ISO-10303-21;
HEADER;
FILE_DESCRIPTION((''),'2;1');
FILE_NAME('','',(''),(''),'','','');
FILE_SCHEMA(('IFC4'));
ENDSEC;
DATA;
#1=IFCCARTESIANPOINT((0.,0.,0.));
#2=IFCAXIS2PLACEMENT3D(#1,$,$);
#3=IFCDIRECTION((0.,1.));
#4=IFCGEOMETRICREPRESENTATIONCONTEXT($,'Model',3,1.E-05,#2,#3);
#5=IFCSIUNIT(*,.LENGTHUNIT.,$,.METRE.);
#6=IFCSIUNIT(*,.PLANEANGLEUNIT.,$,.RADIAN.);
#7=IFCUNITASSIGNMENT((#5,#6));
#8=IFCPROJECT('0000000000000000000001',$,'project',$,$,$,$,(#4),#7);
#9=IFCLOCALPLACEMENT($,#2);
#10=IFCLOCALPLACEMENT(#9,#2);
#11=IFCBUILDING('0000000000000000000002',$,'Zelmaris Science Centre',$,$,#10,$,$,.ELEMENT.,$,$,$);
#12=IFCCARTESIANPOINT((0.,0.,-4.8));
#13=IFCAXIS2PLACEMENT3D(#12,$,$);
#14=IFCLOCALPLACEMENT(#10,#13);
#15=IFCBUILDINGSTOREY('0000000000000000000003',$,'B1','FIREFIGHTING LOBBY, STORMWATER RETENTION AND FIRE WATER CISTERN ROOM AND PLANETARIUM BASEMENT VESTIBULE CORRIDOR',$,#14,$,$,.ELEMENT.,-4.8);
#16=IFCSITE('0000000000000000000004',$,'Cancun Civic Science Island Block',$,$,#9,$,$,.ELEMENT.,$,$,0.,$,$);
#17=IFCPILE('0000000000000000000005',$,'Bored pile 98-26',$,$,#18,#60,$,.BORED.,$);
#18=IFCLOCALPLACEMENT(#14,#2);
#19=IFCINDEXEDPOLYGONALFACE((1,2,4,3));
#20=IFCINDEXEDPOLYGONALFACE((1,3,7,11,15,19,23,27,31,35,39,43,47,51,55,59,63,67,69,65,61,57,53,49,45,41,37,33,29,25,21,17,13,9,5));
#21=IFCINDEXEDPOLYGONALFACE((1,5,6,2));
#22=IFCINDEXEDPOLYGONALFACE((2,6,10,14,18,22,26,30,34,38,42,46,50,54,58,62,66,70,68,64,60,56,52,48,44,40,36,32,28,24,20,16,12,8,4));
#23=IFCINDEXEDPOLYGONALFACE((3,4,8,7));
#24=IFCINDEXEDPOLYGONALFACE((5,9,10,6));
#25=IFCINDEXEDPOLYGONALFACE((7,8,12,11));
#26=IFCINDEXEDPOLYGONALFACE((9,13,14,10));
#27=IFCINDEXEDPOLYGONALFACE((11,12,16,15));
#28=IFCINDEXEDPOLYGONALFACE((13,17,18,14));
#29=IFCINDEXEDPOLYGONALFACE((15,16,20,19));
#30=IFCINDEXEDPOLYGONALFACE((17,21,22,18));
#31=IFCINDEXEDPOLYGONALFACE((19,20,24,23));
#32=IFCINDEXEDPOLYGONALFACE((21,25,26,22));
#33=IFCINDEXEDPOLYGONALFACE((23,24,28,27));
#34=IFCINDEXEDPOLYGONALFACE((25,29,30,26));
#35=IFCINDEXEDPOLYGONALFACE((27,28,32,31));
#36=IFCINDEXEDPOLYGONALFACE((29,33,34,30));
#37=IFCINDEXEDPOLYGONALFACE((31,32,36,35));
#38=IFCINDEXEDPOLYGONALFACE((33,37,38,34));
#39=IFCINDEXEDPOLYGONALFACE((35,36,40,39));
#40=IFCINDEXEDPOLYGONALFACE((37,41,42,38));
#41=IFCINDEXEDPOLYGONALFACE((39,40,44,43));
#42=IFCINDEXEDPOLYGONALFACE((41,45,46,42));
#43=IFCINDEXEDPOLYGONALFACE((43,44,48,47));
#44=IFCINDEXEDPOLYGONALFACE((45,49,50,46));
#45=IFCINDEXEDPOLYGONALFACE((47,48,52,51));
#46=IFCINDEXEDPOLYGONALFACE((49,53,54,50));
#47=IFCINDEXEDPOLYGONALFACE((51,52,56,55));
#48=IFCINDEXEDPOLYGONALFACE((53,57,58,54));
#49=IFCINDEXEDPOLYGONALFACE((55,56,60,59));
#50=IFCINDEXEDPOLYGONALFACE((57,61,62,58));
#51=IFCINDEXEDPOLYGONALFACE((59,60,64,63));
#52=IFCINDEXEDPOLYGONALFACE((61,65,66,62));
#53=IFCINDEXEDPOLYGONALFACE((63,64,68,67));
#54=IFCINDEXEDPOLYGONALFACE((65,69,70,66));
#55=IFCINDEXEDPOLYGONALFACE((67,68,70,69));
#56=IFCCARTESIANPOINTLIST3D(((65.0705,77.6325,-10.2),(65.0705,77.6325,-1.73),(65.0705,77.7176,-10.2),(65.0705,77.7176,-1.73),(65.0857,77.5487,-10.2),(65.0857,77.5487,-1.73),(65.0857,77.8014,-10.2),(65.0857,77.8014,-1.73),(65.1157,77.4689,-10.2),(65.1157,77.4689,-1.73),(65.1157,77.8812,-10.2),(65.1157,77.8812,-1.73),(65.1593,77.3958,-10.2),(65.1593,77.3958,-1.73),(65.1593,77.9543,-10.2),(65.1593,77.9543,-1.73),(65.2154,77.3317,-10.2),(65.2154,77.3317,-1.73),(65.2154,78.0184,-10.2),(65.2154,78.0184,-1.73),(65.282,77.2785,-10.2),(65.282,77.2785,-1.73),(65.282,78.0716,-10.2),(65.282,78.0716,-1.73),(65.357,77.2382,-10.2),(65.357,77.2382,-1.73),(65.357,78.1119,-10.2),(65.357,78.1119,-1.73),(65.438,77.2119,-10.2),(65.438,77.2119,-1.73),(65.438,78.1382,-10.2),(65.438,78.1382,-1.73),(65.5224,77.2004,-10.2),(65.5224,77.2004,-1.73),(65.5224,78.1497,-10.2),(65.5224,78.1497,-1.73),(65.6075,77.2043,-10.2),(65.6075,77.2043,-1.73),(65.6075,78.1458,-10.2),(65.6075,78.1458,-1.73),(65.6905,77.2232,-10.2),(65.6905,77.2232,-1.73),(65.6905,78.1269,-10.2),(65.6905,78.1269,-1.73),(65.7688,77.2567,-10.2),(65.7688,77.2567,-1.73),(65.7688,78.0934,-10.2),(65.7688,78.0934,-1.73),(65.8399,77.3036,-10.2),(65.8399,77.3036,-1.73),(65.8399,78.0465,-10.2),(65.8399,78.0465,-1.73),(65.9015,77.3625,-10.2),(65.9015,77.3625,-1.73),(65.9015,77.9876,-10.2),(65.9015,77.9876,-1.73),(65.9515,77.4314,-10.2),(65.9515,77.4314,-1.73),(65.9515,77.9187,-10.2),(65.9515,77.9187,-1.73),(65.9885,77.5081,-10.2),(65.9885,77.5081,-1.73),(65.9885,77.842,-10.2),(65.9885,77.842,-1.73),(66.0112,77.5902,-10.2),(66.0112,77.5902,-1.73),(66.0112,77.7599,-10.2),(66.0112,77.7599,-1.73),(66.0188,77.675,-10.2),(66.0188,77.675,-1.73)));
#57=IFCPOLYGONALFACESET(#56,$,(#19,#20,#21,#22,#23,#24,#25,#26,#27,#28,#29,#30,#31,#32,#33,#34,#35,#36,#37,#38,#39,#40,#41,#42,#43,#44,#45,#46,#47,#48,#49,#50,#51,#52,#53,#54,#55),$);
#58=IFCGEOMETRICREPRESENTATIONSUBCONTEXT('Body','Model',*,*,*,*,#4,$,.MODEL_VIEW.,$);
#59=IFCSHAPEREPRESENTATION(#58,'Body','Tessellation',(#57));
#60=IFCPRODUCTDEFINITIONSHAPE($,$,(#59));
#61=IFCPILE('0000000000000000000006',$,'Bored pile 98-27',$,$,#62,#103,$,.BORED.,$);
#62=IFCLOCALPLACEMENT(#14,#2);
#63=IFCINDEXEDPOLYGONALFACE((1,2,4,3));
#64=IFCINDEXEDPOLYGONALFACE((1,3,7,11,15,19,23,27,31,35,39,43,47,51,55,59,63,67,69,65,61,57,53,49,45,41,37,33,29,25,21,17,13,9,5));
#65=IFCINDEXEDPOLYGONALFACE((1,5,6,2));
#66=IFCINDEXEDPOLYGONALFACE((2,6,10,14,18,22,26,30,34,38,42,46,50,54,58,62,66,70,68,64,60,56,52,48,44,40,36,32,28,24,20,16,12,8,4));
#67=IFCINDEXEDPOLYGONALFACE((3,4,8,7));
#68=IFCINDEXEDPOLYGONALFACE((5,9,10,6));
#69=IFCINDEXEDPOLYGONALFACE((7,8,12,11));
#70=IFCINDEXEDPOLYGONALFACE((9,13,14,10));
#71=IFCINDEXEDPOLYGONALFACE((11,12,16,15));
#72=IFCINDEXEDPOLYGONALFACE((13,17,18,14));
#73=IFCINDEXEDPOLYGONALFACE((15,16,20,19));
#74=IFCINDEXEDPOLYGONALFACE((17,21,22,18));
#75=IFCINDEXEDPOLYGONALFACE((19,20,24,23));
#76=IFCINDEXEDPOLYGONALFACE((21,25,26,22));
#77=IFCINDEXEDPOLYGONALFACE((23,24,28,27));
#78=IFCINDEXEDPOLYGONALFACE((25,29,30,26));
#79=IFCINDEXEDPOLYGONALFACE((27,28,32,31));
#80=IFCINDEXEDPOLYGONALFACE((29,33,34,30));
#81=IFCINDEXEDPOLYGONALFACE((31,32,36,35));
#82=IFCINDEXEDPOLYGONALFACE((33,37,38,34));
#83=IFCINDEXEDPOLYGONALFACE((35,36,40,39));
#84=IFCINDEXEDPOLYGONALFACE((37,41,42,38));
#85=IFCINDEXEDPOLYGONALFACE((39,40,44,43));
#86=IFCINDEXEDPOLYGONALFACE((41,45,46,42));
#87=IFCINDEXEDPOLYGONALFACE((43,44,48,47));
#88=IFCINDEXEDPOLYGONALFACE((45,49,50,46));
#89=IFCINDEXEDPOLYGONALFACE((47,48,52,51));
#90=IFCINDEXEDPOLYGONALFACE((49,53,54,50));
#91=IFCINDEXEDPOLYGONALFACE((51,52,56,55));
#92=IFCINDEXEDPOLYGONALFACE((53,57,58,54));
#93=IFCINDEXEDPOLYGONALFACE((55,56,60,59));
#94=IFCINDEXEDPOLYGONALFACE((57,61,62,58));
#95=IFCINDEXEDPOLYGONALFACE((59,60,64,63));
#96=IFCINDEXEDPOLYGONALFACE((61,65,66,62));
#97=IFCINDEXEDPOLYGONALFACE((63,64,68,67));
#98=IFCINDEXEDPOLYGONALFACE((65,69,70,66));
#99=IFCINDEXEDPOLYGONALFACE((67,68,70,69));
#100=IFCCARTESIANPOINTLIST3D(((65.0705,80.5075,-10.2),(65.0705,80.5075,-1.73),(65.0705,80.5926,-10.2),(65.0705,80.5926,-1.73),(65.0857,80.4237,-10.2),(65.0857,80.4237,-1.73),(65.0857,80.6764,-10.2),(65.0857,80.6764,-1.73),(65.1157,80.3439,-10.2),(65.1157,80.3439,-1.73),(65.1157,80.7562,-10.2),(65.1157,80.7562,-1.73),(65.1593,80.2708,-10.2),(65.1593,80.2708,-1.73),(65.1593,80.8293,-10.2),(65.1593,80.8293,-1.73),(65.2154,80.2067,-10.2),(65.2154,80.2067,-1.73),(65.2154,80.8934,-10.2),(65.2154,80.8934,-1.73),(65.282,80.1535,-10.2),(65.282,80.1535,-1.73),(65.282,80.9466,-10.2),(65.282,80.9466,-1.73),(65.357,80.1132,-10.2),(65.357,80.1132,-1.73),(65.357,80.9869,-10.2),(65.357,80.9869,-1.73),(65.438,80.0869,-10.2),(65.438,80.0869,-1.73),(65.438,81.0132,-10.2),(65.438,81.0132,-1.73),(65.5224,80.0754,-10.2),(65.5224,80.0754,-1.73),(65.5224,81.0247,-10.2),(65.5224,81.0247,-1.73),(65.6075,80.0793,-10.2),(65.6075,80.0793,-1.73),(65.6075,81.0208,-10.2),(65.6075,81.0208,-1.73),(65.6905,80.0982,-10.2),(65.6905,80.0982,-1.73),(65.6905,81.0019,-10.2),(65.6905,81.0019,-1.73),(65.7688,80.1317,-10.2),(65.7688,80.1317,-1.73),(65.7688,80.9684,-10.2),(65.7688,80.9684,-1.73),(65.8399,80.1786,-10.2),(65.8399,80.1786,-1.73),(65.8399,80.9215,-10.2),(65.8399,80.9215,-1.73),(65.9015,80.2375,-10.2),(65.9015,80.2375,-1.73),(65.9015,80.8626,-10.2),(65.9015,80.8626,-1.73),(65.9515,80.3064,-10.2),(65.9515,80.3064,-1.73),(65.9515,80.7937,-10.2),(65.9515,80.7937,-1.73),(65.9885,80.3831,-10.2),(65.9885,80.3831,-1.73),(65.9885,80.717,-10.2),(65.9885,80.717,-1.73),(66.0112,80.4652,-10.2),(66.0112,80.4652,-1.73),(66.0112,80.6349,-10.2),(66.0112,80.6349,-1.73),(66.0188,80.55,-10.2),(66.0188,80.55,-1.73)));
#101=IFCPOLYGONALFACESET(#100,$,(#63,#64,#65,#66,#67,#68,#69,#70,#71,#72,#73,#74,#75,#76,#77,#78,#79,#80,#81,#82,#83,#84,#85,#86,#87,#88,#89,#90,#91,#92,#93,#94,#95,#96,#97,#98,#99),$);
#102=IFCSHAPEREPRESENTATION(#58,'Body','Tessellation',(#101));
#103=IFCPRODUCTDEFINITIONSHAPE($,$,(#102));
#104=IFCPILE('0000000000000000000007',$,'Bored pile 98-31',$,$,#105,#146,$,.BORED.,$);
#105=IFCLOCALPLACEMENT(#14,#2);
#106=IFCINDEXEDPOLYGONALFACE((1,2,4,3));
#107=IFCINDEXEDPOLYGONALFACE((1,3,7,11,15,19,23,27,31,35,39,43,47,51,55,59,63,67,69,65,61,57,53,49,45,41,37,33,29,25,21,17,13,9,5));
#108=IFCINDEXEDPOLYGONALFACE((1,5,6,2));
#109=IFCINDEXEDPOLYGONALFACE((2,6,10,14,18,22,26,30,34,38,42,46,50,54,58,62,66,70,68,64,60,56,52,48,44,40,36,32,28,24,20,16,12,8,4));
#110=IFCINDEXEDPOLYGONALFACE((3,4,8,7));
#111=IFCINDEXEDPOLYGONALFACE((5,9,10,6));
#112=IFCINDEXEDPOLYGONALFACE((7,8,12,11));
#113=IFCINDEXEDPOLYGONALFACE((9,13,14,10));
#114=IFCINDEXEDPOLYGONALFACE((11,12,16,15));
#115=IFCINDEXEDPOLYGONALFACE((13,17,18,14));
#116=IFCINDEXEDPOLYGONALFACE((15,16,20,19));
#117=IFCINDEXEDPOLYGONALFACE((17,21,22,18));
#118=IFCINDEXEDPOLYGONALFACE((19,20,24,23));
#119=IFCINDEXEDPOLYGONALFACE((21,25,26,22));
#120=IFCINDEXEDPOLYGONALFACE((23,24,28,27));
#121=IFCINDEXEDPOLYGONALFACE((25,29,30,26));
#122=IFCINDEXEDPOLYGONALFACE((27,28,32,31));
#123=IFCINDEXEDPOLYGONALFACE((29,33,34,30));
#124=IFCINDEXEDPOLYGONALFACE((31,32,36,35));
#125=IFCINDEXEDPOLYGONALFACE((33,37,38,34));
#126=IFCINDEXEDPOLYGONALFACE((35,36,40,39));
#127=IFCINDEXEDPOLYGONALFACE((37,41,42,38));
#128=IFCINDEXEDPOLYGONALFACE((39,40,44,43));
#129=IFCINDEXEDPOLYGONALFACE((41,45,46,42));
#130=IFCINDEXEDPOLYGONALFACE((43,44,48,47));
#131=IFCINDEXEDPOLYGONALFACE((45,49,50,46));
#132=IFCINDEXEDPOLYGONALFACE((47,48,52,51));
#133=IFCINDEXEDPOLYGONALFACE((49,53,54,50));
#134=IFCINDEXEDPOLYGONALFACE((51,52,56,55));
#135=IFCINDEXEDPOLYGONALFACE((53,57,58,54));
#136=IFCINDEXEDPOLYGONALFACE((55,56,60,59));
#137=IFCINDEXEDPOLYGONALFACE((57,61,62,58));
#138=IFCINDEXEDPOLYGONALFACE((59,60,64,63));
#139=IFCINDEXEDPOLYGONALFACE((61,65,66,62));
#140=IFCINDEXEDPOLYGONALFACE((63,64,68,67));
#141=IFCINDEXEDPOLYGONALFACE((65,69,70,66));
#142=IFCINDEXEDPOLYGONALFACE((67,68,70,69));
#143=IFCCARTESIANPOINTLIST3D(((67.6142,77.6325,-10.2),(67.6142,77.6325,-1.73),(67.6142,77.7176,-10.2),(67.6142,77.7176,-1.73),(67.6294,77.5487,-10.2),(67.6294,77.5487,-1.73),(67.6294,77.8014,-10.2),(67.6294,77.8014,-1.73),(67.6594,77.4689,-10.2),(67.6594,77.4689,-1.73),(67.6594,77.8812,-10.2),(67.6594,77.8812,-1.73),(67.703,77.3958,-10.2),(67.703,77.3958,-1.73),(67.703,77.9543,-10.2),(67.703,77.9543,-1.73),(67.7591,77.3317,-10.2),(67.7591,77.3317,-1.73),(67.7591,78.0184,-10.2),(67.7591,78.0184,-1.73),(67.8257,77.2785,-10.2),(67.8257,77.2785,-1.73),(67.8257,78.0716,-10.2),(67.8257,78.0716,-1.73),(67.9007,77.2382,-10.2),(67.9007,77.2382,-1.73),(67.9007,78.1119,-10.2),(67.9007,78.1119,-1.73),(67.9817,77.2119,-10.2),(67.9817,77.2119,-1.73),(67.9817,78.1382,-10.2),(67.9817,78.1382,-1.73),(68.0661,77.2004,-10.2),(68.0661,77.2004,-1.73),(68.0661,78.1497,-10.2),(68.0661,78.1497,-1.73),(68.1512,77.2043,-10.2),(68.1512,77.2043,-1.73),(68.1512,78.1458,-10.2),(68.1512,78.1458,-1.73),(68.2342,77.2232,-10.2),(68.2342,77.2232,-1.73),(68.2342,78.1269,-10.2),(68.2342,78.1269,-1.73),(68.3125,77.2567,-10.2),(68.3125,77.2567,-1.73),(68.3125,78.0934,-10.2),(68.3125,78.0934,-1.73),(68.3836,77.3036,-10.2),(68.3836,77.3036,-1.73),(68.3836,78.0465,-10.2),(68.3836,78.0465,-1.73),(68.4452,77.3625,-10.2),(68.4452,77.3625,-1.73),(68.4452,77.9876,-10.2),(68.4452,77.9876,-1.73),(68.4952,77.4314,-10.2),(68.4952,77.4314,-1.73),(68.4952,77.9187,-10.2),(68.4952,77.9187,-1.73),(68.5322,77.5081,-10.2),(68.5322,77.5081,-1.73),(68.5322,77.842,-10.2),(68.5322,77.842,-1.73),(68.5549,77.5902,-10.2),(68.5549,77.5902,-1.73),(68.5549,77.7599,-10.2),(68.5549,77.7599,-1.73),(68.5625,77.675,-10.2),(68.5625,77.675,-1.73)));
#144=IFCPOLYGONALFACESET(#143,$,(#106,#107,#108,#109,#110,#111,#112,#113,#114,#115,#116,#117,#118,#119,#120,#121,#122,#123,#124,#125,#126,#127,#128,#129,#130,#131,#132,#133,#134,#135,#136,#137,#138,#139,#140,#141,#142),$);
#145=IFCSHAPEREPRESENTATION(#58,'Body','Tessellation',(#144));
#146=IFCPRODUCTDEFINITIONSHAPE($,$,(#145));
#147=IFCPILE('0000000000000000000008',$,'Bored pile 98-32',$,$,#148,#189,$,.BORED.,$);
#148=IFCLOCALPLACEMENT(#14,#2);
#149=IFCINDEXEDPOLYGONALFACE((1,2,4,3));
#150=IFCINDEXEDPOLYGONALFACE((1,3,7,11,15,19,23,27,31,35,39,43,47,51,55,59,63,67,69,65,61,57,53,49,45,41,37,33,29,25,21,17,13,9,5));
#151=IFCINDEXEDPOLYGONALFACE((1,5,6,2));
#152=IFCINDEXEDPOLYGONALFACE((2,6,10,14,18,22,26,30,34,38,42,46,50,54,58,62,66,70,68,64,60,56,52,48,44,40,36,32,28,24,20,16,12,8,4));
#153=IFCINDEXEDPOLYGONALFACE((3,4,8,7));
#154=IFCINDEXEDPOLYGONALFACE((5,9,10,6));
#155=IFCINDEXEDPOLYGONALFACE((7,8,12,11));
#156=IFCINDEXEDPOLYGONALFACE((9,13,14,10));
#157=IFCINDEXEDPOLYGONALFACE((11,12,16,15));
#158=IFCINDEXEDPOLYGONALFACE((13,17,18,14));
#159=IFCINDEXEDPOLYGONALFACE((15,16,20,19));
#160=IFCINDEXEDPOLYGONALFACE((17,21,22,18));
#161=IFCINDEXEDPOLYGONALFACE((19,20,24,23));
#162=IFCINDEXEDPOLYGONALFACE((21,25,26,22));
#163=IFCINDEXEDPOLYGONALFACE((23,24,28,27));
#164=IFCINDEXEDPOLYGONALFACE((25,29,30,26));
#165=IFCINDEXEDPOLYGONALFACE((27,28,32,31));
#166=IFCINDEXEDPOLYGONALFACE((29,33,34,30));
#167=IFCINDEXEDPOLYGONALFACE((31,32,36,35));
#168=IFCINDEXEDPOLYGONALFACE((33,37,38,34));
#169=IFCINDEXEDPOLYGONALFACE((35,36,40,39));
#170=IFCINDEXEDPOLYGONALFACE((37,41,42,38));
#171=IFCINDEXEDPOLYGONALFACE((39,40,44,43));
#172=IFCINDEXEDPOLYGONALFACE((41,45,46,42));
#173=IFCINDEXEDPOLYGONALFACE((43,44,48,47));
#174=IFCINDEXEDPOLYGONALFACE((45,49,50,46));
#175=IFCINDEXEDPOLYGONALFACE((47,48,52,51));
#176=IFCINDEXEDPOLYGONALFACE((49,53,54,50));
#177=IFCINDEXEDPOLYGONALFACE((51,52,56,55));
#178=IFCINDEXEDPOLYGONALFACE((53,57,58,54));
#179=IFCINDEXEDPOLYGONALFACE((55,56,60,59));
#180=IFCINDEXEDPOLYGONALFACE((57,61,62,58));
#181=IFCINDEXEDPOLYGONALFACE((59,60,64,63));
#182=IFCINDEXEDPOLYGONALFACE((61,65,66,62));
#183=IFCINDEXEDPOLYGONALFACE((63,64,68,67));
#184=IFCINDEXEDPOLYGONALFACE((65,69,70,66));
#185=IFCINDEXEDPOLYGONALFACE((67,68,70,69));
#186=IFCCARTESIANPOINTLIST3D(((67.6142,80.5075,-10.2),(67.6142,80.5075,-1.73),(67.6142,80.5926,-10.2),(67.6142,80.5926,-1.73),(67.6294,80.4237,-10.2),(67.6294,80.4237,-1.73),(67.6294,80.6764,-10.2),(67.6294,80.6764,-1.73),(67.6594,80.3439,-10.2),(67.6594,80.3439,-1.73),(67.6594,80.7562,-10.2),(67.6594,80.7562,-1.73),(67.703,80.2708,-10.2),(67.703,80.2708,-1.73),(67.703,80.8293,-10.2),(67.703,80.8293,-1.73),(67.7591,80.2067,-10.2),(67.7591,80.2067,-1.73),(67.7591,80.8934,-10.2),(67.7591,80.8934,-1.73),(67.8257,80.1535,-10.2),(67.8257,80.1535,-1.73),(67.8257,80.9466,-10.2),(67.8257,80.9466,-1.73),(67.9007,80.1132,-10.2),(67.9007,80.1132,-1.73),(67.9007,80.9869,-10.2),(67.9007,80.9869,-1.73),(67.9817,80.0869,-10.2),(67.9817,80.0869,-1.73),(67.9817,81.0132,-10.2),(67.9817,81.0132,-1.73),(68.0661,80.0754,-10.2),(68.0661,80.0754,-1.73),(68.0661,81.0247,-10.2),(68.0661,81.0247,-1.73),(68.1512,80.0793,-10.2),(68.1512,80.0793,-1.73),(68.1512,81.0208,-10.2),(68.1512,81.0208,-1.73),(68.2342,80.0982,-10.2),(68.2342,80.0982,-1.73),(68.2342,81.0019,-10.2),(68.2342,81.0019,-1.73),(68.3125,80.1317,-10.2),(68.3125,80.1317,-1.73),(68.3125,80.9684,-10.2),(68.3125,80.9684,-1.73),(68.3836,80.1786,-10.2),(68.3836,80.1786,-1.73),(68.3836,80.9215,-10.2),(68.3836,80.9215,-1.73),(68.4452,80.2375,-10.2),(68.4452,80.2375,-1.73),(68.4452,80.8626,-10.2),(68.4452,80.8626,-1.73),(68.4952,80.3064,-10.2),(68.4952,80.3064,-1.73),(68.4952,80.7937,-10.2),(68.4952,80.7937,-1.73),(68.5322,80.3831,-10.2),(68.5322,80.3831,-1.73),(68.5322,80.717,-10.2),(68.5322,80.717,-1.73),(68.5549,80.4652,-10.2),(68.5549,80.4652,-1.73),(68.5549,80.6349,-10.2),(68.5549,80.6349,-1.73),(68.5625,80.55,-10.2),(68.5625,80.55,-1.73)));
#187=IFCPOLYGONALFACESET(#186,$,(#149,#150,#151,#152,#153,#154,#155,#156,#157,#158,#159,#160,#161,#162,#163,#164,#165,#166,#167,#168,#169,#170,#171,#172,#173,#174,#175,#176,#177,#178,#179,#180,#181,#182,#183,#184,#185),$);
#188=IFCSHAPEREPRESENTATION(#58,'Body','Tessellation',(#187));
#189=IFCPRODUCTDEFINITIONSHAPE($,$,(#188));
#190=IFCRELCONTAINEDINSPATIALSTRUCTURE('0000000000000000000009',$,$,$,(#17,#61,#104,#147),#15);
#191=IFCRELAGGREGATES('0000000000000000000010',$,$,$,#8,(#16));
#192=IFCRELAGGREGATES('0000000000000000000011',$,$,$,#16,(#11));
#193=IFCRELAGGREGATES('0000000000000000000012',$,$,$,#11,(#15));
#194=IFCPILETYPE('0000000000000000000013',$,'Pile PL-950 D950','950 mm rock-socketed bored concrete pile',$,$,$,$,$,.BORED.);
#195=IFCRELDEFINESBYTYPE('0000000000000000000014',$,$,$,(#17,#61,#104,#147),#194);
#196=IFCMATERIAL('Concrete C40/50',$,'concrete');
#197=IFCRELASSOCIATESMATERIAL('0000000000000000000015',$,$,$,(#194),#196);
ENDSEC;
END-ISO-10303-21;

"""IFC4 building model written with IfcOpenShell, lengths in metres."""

from ifc_helpers import new_model, si_unit, direction, frame, origin, origin_2d, place, context, subcontext, project, spatial, circle, extrude, material, material_profile, profile_set, type_object, element, save


model = new_model("IFC4")

# Units and contexts
model_context = context("Model", 3, precision=1e-05, world=origin(), true_north=direction((0.0, 1.0)))
body_context = subcontext(model_context, "Body", "Model", "MODEL_VIEW")
ifc_project = project(units=[si_unit("LENGTHUNIT", "METRE"), si_unit("PLANEANGLEUNIT", "RADIAN")], contexts=[model_context])

# Site, building, storey
site_placement = place(None, origin())
site = spatial("IfcSite", under=ifc_project, at=site_placement, Name="Cancun Civic Science Island Block", CompositionType="ELEMENT", RefElevation=0.0)
building_placement = place(site_placement, origin())
building = spatial("IfcBuilding", under=site, at=building_placement, Name="Zelmaris Science Centre", CompositionType="ELEMENT")
storey_placement = place(building_placement, frame((0.0, 0.0, -4.8)))
storey = spatial("IfcBuildingStorey", under=building, at=storey_placement, Name="B1", Description="FIREFIGHTING LOBBY, STORMWATER RETENTION AND FIRE WATER CISTERN ROOM AND PLANETARIUM BASEMENT VESTIBULE CORRIDOR", CompositionType="ELEMENT", Elevation=-4.8)

# Piles
ifc_material_1 = material(Name="Concrete C40/50", Category="concrete")
ifc_material_profile_1 = material_profile(ifc_material_1, circle(Radius=0.4751, at=origin_2d()), Name="PILE-950")
ifc_profile_set_1 = profile_set([ifc_material_profile_1], Name="Concrete C40/50")
pile_type = type_object("IfcPileType", Name="Pile PL-950 D950", Description="950 mm rock-socketed bored concrete pile", PredefinedType="BORED", material=ifc_profile_set_1)
for number, where, z_axis, x_axis, name in (
    (1, (65.5437, 77.675, -1.73), (0.0, 0.0, -1.0), (1.0, 0.0, 0.0), "Bored pile 98-26"),
    (2, (65.5437, 80.55, -1.73), (0.0, 0.0, -1.0), (1.0, 0.0, 0.0), "Bored pile 98-27"),
    (3, (68.0874, 77.675, -1.73), (0.0, 0.0, -1.0), (1.0, 0.0, 0.0), "Bored pile 98-31"),
    (4, (68.0874, 80.55, -1.73), (0.0, 0.0, -1.0), (1.0, 0.0, 0.0), "Bored pile 98-32"),
):
    element("IfcPile", number, at=place(storey_placement, frame(where, z_axis=z_axis, x_axis=x_axis)), inside=storey, type_object=pile_type, Name=name, PredefinedType="BORED", context=body_context, shape_type="SweptSolid", body=[
        extrude(circle(Radius=0.4751, at=origin_2d()), origin(), (0.0, 0.0, 1.0), 8.47),
    ])

save(model, "model.ifc")
